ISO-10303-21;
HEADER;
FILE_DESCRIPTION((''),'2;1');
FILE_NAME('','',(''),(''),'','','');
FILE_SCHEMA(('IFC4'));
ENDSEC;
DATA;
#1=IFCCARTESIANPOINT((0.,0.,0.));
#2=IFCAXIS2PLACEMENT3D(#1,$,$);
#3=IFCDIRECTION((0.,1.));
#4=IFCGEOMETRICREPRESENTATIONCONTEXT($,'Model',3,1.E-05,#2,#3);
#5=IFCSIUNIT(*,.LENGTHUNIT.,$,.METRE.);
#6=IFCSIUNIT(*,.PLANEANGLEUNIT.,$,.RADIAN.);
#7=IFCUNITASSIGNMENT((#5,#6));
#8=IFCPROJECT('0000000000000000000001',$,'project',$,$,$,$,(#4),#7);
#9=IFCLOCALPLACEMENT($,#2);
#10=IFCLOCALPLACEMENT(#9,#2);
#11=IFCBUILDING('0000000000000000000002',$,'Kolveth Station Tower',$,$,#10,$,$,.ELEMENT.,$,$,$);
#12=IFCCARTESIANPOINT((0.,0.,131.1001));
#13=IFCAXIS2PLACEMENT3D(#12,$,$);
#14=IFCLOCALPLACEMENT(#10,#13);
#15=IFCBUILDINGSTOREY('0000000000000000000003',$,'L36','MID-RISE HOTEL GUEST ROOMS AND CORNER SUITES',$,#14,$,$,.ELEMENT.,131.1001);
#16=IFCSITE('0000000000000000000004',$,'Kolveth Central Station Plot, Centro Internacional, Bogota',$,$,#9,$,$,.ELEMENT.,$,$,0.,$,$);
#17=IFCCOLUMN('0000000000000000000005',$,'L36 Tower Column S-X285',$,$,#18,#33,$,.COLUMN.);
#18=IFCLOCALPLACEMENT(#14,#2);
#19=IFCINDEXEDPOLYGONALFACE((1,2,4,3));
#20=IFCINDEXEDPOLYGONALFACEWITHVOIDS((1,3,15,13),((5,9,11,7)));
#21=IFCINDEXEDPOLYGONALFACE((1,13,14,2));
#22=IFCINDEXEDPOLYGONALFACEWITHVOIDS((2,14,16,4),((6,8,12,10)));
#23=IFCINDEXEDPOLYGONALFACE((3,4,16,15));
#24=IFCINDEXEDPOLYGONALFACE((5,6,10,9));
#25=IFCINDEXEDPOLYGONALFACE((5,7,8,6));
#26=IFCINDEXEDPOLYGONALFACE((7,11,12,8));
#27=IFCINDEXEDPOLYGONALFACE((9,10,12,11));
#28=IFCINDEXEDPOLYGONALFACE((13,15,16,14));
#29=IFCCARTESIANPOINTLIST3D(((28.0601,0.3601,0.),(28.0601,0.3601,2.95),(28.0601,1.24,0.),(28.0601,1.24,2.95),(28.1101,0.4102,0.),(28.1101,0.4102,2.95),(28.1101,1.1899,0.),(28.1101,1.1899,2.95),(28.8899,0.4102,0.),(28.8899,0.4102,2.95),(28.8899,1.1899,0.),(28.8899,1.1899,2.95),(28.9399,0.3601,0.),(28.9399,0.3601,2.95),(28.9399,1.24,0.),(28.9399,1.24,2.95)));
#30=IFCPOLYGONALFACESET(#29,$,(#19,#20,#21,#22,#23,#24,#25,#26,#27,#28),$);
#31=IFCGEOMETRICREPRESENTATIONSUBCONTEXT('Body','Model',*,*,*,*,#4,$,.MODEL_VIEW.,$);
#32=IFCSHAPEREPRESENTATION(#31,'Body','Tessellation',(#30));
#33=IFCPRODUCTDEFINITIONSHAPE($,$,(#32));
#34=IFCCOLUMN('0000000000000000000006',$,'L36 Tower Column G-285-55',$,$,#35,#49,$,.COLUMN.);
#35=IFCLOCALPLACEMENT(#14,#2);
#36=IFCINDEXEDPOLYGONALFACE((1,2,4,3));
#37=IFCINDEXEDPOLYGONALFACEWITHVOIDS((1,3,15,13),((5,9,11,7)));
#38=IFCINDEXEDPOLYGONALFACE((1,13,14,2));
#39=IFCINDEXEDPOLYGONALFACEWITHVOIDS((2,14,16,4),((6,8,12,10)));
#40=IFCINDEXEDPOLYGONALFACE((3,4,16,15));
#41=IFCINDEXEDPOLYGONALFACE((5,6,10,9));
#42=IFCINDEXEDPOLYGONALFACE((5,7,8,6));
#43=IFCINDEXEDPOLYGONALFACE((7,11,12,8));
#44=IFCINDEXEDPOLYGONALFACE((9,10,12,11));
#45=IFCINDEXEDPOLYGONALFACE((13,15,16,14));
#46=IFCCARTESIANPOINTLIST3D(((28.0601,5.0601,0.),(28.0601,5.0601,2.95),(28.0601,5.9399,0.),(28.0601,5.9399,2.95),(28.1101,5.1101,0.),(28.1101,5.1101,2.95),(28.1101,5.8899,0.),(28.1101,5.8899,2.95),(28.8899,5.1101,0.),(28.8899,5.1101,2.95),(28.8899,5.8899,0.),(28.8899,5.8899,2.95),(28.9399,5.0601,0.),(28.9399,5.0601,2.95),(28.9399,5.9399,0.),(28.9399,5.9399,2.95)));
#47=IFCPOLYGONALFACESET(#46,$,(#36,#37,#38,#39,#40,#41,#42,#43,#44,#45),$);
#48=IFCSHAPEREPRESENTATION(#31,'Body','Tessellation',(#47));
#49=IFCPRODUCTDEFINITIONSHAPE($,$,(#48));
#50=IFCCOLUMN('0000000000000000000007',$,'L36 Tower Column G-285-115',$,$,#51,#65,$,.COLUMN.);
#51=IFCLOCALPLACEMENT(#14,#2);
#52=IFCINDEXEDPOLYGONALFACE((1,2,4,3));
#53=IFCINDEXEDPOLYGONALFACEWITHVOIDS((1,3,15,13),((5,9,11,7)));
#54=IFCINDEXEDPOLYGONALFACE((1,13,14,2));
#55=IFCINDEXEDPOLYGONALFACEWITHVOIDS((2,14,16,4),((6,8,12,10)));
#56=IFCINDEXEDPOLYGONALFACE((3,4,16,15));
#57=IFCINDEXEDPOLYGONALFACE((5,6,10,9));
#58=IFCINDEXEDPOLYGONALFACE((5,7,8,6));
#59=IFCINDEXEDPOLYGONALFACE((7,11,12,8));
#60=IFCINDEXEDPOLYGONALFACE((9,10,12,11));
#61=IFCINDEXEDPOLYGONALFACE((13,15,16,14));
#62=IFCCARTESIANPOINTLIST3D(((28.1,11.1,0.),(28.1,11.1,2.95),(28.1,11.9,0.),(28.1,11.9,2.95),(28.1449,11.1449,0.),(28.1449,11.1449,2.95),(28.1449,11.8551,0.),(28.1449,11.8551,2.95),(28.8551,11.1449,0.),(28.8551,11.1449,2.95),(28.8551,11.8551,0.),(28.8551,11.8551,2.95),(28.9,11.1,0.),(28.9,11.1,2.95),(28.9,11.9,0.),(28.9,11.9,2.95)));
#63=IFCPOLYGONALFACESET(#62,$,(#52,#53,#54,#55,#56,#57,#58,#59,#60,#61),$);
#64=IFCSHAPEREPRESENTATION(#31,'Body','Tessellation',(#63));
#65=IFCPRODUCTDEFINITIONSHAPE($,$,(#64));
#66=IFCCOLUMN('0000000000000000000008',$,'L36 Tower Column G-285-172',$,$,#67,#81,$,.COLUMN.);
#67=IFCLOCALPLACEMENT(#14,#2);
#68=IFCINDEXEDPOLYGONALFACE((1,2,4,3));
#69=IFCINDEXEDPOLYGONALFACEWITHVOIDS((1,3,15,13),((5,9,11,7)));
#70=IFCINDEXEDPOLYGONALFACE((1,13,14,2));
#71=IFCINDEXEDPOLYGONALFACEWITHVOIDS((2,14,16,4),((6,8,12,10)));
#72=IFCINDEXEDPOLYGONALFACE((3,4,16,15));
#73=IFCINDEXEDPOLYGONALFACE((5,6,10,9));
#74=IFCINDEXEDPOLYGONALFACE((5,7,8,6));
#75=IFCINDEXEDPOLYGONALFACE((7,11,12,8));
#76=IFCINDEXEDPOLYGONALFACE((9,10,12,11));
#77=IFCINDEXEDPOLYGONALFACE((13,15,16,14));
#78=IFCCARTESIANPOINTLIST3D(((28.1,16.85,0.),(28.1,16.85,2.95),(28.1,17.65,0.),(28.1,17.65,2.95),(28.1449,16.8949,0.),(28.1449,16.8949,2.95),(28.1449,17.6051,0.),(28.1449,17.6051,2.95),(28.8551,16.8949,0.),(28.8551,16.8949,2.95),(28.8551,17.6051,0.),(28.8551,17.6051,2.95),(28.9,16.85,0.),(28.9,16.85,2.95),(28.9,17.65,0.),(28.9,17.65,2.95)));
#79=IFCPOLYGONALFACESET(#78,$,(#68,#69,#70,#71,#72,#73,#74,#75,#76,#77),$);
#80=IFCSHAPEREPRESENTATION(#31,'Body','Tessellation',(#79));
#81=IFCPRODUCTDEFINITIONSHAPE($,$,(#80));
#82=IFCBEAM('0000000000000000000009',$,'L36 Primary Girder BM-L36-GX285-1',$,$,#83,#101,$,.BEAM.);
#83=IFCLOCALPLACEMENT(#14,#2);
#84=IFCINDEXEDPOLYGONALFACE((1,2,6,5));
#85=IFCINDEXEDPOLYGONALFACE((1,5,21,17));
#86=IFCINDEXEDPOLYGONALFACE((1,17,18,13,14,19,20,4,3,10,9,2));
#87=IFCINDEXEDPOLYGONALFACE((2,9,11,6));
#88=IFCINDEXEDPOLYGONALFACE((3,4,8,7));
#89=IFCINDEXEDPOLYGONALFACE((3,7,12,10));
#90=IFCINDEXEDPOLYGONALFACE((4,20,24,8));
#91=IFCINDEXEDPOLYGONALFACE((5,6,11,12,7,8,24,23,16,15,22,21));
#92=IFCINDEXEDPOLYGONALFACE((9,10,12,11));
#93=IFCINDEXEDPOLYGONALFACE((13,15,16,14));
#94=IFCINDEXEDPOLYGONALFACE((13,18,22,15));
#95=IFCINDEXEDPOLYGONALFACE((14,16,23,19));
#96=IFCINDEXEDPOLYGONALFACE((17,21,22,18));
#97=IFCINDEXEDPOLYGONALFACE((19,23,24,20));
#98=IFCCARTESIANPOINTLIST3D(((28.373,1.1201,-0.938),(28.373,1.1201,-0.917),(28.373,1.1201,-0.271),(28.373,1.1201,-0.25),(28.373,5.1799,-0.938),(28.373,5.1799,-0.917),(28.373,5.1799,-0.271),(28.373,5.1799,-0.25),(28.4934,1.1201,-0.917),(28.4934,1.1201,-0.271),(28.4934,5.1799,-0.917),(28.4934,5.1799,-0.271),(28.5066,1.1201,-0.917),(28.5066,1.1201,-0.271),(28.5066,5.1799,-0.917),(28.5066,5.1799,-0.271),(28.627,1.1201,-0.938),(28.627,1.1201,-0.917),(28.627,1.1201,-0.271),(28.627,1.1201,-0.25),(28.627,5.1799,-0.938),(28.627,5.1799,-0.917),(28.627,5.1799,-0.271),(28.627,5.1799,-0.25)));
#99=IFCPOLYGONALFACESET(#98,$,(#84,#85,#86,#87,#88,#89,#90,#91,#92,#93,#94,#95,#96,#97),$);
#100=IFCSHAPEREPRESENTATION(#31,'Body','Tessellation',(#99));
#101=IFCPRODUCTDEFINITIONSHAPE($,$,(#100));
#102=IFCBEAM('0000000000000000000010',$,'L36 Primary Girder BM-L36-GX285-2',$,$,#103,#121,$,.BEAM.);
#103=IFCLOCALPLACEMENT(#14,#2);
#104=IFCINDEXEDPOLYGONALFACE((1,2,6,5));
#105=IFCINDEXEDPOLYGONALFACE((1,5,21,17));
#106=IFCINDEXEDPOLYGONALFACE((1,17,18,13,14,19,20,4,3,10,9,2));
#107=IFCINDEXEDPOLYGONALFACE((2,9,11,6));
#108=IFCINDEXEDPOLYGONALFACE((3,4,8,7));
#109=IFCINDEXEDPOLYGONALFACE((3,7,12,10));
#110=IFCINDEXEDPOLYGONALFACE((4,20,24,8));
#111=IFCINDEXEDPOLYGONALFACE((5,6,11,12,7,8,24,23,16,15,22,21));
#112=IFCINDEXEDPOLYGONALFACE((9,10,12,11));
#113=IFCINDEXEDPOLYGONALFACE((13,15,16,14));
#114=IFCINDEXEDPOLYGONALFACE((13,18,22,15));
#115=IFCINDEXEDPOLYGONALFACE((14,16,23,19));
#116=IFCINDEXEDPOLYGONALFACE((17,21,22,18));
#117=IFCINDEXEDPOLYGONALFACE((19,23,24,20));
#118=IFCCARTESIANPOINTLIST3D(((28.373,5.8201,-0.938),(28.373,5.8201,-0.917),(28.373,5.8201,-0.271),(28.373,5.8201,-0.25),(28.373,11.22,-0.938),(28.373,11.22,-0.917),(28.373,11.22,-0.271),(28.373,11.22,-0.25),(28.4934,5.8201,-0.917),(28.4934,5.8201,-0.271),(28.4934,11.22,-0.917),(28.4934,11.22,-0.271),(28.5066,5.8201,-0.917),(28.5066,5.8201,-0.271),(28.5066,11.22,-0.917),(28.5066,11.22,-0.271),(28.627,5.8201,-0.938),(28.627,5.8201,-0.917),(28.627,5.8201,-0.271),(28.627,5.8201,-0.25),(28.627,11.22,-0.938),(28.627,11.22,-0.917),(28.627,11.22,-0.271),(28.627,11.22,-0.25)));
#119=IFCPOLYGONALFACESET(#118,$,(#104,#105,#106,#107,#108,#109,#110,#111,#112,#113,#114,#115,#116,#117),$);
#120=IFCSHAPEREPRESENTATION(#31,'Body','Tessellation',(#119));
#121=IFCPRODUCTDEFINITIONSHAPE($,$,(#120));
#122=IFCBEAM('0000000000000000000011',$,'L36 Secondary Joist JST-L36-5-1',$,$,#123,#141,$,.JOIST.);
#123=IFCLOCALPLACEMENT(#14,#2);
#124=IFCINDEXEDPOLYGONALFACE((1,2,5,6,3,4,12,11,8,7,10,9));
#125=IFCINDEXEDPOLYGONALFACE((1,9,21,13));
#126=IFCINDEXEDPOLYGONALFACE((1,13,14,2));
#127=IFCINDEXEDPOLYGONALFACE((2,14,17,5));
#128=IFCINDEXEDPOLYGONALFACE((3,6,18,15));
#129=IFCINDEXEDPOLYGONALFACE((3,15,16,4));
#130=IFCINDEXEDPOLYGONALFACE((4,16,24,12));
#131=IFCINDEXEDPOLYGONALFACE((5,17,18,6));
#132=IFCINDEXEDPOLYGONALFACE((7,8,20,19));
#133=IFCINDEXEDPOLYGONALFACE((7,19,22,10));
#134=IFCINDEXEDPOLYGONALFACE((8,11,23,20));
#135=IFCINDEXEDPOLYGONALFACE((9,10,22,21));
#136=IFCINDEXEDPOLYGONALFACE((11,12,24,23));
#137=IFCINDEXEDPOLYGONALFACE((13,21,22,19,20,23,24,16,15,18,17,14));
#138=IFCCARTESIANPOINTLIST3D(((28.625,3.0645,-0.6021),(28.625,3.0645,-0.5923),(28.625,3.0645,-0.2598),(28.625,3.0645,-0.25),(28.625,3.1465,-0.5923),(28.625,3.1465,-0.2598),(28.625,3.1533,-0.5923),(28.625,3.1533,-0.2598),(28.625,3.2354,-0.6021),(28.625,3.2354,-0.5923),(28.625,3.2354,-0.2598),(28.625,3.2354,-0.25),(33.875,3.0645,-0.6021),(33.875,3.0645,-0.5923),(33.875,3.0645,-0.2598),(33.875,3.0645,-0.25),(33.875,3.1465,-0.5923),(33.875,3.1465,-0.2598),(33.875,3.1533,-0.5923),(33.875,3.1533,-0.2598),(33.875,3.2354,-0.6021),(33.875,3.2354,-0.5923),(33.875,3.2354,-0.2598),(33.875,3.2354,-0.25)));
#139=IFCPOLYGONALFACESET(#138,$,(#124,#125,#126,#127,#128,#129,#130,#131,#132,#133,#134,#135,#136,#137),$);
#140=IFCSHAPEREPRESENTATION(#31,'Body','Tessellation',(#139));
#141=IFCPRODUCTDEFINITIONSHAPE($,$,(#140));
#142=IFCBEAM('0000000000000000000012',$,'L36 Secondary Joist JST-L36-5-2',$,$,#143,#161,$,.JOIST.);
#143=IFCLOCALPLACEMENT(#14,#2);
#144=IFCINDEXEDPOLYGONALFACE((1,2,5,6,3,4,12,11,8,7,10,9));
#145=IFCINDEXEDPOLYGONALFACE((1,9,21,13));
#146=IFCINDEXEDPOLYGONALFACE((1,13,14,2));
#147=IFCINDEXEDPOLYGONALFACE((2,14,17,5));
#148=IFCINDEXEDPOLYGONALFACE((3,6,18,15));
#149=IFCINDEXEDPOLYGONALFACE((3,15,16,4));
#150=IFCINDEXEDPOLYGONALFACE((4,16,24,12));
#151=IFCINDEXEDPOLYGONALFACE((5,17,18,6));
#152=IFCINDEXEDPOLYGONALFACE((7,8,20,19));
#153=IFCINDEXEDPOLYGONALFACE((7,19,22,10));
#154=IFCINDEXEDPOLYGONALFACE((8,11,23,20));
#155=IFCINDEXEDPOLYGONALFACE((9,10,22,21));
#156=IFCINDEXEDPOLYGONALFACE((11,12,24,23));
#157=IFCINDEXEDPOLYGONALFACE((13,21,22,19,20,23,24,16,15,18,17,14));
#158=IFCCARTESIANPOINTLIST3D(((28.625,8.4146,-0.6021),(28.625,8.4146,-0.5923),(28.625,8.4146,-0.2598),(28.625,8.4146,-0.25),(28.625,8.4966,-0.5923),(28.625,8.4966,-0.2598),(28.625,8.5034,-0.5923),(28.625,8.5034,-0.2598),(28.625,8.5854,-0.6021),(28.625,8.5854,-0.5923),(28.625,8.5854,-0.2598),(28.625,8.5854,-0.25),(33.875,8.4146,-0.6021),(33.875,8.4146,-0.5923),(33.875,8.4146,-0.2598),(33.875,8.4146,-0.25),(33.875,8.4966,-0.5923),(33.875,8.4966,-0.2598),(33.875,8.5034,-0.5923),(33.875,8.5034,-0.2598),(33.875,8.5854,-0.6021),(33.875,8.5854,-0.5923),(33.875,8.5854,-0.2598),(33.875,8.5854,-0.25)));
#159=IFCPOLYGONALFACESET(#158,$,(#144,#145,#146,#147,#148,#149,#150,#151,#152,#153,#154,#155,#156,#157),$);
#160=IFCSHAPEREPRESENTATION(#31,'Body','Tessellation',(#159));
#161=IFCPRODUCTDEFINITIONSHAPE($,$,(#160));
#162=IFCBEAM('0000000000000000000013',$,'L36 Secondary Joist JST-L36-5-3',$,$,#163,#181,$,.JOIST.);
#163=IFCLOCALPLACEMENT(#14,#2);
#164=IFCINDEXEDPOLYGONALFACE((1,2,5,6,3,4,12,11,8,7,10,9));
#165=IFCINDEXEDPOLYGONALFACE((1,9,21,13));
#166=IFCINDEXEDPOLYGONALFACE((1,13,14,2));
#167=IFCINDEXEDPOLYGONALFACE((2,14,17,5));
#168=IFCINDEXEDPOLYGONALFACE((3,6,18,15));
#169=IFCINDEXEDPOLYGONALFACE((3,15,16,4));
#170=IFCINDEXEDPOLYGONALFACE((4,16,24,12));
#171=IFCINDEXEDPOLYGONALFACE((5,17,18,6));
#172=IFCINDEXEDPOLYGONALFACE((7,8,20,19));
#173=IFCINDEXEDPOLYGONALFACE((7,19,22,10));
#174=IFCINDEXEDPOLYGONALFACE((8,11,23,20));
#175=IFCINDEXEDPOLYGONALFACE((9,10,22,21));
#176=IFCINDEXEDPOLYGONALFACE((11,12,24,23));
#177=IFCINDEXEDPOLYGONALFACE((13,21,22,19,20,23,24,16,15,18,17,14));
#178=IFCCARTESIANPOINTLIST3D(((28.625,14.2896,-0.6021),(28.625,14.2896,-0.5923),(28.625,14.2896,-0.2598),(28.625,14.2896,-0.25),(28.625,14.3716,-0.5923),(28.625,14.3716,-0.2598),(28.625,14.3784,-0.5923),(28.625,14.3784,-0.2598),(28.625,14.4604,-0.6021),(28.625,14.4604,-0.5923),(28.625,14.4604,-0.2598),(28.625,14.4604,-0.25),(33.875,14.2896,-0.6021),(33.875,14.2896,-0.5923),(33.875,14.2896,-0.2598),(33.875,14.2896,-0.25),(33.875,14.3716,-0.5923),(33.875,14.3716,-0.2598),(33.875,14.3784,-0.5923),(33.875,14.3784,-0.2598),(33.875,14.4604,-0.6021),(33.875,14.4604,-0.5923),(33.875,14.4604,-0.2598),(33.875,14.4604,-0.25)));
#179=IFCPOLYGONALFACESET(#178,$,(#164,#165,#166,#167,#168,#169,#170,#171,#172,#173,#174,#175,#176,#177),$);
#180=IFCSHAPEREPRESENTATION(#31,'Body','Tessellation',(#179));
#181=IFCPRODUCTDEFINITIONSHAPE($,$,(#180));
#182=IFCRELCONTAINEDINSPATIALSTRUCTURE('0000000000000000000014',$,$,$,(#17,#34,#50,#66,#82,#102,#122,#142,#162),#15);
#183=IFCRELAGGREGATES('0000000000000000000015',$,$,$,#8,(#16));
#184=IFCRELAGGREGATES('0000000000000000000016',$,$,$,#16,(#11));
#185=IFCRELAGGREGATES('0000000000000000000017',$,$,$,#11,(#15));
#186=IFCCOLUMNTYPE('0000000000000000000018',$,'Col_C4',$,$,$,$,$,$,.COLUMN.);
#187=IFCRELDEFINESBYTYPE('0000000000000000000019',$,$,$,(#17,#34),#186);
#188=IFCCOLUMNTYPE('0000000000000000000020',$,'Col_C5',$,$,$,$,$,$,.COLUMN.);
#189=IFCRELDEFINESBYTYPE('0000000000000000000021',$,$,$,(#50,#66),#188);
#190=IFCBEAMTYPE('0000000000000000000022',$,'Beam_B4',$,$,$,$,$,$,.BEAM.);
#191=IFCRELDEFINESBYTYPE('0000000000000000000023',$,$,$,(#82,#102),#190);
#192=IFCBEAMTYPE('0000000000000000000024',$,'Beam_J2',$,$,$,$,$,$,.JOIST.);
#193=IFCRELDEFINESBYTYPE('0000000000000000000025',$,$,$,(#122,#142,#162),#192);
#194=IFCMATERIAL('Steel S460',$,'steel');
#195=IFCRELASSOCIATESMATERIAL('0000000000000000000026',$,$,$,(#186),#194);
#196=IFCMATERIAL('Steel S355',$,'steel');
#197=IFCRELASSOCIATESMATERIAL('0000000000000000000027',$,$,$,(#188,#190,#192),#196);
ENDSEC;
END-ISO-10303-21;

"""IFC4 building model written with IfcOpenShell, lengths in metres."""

from ifc_helpers import new_model, si_unit, direction, frame, origin, origin_2d, place, context, subcontext, project, spatial, hollow_rectangle, i_section, extrude, source, transform, mapped, material, material_profile, profile_set, type_object, element, save


model = new_model("IFC4")

# Units and contexts
model_context = context("Model", 3, precision=1e-05, world=origin(), true_north=direction((0.0, 1.0)))
body_context = subcontext(model_context, "Body", "Model", "MODEL_VIEW")
ifc_project = project(units=[si_unit("LENGTHUNIT", "METRE"), si_unit("PLANEANGLEUNIT", "RADIAN")], contexts=[model_context])

# Site, building, storey
site_placement = place(None, origin())
site = spatial("IfcSite", under=ifc_project, at=site_placement, Name="Kolveth Central Station Plot, Centro Internacional, Bogota", CompositionType="ELEMENT", RefElevation=0.0)
building_placement = place(site_placement, origin())
building = spatial("IfcBuilding", under=site, at=building_placement, Name="Kolveth Station Tower", CompositionType="ELEMENT")
storey_placement = place(building_placement, frame((0.0, 0.0, 131.1001)))
storey = spatial("IfcBuildingStorey", under=building, at=storey_placement, Name="L36", Description="MID-RISE HOTEL GUEST ROOMS AND CORNER SUITES", CompositionType="ELEMENT", Elevation=131.1001)

# Columns
ifc_material_1 = material(Name="Steel S460", Category="steel")
ifc_material_profile_1 = material_profile(ifc_material_1, hollow_rectangle(XDim=0.8799, YDim=0.8799, WallThickness=0.05, at=origin_2d()), Name="BOX880x880x50")
ifc_profile_set_1 = profile_set([ifc_material_profile_1], Name="Steel S460")
column_type_1 = type_object("IfcColumnType", Name="Col_C4", PredefinedType="COLUMN", material=ifc_profile_set_1)
shared_shape_1 = source(origin(), body_context, "Body", "SweptSolid", [
    extrude(hollow_rectangle(XDim=0.8799, YDim=0.8799, WallThickness=0.05, at=origin_2d()), origin(), (0.0, 0.0, 1.0), 2.95),
])
for number, where, z_axis, x_axis, name in (
    (1, (28.5, 0.8, 0.0), (0.0, 0.0, 1.0), (1.0, 0.0, 0.0), "L36 Tower Column S-X285"),
    (2, (28.5, 5.5, 0.0), (0.0, 0.0, 1.0), (1.0, 0.0, 0.0), "L36 Tower Column G-285-55"),
):
    element("IfcColumn", number, at=place(storey_placement, frame(where, z_axis=z_axis, x_axis=x_axis)), inside=storey, type_object=column_type_1, Name=name, PredefinedType="COLUMN", context=body_context, shape_type="MappedRepresentation", body=[
        mapped(shared_shape_1, transform((0.0, 0.0, 0.0), x_axis=(1.0, 0.0, 0.0), y_axis=(0.0, 1.0, 0.0), z_axis=(0.0, 0.0, 1.0), scale=1.0)),
    ])
ifc_material_2 = material(Name="Steel S355", Category="steel")
ifc_material_profile_2 = material_profile(ifc_material_2, hollow_rectangle(XDim=0.8, YDim=0.8, WallThickness=0.0449, at=origin_2d()), Name="BOX800x800x45")
ifc_profile_set_2 = profile_set([ifc_material_profile_2], Name="Steel S355")
column_type_2 = type_object("IfcColumnType", Name="Col_C5", PredefinedType="COLUMN", material=ifc_profile_set_2)
shared_shape_2 = source(origin(), body_context, "Body", "SweptSolid", [
    extrude(hollow_rectangle(XDim=0.8, YDim=0.8, WallThickness=0.0449, at=origin_2d()), origin(), (0.0, 0.0, 1.0), 2.95),
])
for number, where, z_axis, x_axis, name in (
    (3, (28.5, 11.5, 0.0), (0.0, 0.0, 1.0), (1.0, 0.0, 0.0), "L36 Tower Column G-285-115"),
    (4, (28.5, 17.25, 0.0), (0.0, 0.0, 1.0), (1.0, 0.0, 0.0), "L36 Tower Column G-285-172"),
):
    element("IfcColumn", number, at=place(storey_placement, frame(where, z_axis=z_axis, x_axis=x_axis)), inside=storey, type_object=column_type_2, Name=name, PredefinedType="COLUMN", context=body_context, shape_type="MappedRepresentation", body=[
        mapped(shared_shape_2, transform((0.0, 0.0, 0.0), x_axis=(1.0, 0.0, 0.0), y_axis=(0.0, 1.0, 0.0), z_axis=(0.0, 0.0, 1.0), scale=1.0)),
    ])

# Beams
ifc_material_profile_3 = material_profile(ifc_material_2, i_section(OverallWidth=0.2539, OverallDepth=0.688, WebThickness=0.0132, FlangeThickness=0.021, at=origin_2d()), Name="W690x152")
ifc_profile_set_3 = profile_set([ifc_material_profile_3], Name="Steel S355")
beam_type_1 = type_object("IfcBeamType", Name="Beam_B4", PredefinedType="BEAM", material=ifc_profile_set_3)
shared_shape_3 = source(origin(), body_context, "Body", "SweptSolid", [
    extrude(i_section(OverallWidth=0.2539, OverallDepth=0.688, WebThickness=0.0132, FlangeThickness=0.021, at=origin_2d()), origin(), (0.0, 0.0, 1.0), 4.0598),
])
beam_1_placement = place(storey_placement, frame((28.5, 1.1201, -0.594), z_axis=(0.0, 1.0, 0.0), x_axis=(-1.0, 0.0, 0.0)))
element("IfcBeam", 5, at=beam_1_placement, inside=storey, type_object=beam_type_1, Name="L36 Primary Girder BM-L36-GX285-1", PredefinedType="BEAM", context=body_context, shape_type="MappedRepresentation", body=[
    mapped(shared_shape_3, transform((0.0, 0.0, 0.0), x_axis=(1.0, 0.0, 0.0), y_axis=(0.0, 1.0, 0.0), z_axis=(0.0, 0.0, 1.0), scale=1.0)),
])
shared_shape_4 = source(origin(), body_context, "Body", "SweptSolid", [
    extrude(i_section(OverallWidth=0.2539, OverallDepth=0.688, WebThickness=0.0132, FlangeThickness=0.021, at=origin_2d()), origin(), (0.0, 0.0, 1.0), 5.3999),
])
beam_2_placement = place(storey_placement, frame((28.5, 5.8201, -0.594), z_axis=(0.0, 1.0, 0.0), x_axis=(-1.0, 0.0, 0.0)))
element("IfcBeam", 6, at=beam_2_placement, inside=storey, type_object=beam_type_1, Name="L36 Primary Girder BM-L36-GX285-2", PredefinedType="BEAM", context=body_context, shape_type="MappedRepresentation", body=[
    mapped(shared_shape_4, transform((0.0, 0.0, 0.0), x_axis=(1.0, 0.0, 0.0), y_axis=(0.0, 1.0, 0.0), z_axis=(0.0, 0.0, 1.0), scale=1.0)),
])
ifc_material_profile_4 = material_profile(ifc_material_2, i_section(OverallWidth=0.1709, OverallDepth=0.3521, WebThickness=0.0068, FlangeThickness=0.0098, at=origin_2d()), Name="W360x44")
ifc_profile_set_4 = profile_set([ifc_material_profile_4], Name="Steel S355")
beam_type_2 = type_object("IfcBeamType", Name="Beam_J2", PredefinedType="JOIST", material=ifc_profile_set_4)
shared_shape_5 = source(origin(), body_context, "Body", "SweptSolid", [
    extrude(i_section(OverallWidth=0.1709, OverallDepth=0.3521, WebThickness=0.0068, FlangeThickness=0.0098, at=origin_2d()), origin(), (0.0, 0.0, 1.0), 5.25),
])
for number, where, z_axis, x_axis, name in (
    (7, (28.625, 3.1499, -0.426), (1.0, 0.0, 0.0), (0.0, 1.0, 0.0), "L36 Secondary Joist JST-L36-5-1"),
    (8, (28.625, 8.5, -0.426), (1.0, 0.0, 0.0), (0.0, 1.0, 0.0), "L36 Secondary Joist JST-L36-5-2"),
    (9, (28.625, 14.375, -0.426), (1.0, 0.0, 0.0), (0.0, 1.0, 0.0), "L36 Secondary Joist JST-L36-5-3"),
):
    element("IfcBeam", number, at=place(storey_placement, frame(where, z_axis=z_axis, x_axis=x_axis)), inside=storey, type_object=beam_type_2, Name=name, PredefinedType="JOIST", context=body_context, shape_type="MappedRepresentation", body=[
        mapped(shared_shape_5, transform((0.0, 0.0, 0.0), x_axis=(1.0, 0.0, 0.0), y_axis=(0.0, 1.0, 0.0), z_axis=(0.0, 0.0, 1.0), scale=1.0)),
    ])

save(model, "model.ifc")
